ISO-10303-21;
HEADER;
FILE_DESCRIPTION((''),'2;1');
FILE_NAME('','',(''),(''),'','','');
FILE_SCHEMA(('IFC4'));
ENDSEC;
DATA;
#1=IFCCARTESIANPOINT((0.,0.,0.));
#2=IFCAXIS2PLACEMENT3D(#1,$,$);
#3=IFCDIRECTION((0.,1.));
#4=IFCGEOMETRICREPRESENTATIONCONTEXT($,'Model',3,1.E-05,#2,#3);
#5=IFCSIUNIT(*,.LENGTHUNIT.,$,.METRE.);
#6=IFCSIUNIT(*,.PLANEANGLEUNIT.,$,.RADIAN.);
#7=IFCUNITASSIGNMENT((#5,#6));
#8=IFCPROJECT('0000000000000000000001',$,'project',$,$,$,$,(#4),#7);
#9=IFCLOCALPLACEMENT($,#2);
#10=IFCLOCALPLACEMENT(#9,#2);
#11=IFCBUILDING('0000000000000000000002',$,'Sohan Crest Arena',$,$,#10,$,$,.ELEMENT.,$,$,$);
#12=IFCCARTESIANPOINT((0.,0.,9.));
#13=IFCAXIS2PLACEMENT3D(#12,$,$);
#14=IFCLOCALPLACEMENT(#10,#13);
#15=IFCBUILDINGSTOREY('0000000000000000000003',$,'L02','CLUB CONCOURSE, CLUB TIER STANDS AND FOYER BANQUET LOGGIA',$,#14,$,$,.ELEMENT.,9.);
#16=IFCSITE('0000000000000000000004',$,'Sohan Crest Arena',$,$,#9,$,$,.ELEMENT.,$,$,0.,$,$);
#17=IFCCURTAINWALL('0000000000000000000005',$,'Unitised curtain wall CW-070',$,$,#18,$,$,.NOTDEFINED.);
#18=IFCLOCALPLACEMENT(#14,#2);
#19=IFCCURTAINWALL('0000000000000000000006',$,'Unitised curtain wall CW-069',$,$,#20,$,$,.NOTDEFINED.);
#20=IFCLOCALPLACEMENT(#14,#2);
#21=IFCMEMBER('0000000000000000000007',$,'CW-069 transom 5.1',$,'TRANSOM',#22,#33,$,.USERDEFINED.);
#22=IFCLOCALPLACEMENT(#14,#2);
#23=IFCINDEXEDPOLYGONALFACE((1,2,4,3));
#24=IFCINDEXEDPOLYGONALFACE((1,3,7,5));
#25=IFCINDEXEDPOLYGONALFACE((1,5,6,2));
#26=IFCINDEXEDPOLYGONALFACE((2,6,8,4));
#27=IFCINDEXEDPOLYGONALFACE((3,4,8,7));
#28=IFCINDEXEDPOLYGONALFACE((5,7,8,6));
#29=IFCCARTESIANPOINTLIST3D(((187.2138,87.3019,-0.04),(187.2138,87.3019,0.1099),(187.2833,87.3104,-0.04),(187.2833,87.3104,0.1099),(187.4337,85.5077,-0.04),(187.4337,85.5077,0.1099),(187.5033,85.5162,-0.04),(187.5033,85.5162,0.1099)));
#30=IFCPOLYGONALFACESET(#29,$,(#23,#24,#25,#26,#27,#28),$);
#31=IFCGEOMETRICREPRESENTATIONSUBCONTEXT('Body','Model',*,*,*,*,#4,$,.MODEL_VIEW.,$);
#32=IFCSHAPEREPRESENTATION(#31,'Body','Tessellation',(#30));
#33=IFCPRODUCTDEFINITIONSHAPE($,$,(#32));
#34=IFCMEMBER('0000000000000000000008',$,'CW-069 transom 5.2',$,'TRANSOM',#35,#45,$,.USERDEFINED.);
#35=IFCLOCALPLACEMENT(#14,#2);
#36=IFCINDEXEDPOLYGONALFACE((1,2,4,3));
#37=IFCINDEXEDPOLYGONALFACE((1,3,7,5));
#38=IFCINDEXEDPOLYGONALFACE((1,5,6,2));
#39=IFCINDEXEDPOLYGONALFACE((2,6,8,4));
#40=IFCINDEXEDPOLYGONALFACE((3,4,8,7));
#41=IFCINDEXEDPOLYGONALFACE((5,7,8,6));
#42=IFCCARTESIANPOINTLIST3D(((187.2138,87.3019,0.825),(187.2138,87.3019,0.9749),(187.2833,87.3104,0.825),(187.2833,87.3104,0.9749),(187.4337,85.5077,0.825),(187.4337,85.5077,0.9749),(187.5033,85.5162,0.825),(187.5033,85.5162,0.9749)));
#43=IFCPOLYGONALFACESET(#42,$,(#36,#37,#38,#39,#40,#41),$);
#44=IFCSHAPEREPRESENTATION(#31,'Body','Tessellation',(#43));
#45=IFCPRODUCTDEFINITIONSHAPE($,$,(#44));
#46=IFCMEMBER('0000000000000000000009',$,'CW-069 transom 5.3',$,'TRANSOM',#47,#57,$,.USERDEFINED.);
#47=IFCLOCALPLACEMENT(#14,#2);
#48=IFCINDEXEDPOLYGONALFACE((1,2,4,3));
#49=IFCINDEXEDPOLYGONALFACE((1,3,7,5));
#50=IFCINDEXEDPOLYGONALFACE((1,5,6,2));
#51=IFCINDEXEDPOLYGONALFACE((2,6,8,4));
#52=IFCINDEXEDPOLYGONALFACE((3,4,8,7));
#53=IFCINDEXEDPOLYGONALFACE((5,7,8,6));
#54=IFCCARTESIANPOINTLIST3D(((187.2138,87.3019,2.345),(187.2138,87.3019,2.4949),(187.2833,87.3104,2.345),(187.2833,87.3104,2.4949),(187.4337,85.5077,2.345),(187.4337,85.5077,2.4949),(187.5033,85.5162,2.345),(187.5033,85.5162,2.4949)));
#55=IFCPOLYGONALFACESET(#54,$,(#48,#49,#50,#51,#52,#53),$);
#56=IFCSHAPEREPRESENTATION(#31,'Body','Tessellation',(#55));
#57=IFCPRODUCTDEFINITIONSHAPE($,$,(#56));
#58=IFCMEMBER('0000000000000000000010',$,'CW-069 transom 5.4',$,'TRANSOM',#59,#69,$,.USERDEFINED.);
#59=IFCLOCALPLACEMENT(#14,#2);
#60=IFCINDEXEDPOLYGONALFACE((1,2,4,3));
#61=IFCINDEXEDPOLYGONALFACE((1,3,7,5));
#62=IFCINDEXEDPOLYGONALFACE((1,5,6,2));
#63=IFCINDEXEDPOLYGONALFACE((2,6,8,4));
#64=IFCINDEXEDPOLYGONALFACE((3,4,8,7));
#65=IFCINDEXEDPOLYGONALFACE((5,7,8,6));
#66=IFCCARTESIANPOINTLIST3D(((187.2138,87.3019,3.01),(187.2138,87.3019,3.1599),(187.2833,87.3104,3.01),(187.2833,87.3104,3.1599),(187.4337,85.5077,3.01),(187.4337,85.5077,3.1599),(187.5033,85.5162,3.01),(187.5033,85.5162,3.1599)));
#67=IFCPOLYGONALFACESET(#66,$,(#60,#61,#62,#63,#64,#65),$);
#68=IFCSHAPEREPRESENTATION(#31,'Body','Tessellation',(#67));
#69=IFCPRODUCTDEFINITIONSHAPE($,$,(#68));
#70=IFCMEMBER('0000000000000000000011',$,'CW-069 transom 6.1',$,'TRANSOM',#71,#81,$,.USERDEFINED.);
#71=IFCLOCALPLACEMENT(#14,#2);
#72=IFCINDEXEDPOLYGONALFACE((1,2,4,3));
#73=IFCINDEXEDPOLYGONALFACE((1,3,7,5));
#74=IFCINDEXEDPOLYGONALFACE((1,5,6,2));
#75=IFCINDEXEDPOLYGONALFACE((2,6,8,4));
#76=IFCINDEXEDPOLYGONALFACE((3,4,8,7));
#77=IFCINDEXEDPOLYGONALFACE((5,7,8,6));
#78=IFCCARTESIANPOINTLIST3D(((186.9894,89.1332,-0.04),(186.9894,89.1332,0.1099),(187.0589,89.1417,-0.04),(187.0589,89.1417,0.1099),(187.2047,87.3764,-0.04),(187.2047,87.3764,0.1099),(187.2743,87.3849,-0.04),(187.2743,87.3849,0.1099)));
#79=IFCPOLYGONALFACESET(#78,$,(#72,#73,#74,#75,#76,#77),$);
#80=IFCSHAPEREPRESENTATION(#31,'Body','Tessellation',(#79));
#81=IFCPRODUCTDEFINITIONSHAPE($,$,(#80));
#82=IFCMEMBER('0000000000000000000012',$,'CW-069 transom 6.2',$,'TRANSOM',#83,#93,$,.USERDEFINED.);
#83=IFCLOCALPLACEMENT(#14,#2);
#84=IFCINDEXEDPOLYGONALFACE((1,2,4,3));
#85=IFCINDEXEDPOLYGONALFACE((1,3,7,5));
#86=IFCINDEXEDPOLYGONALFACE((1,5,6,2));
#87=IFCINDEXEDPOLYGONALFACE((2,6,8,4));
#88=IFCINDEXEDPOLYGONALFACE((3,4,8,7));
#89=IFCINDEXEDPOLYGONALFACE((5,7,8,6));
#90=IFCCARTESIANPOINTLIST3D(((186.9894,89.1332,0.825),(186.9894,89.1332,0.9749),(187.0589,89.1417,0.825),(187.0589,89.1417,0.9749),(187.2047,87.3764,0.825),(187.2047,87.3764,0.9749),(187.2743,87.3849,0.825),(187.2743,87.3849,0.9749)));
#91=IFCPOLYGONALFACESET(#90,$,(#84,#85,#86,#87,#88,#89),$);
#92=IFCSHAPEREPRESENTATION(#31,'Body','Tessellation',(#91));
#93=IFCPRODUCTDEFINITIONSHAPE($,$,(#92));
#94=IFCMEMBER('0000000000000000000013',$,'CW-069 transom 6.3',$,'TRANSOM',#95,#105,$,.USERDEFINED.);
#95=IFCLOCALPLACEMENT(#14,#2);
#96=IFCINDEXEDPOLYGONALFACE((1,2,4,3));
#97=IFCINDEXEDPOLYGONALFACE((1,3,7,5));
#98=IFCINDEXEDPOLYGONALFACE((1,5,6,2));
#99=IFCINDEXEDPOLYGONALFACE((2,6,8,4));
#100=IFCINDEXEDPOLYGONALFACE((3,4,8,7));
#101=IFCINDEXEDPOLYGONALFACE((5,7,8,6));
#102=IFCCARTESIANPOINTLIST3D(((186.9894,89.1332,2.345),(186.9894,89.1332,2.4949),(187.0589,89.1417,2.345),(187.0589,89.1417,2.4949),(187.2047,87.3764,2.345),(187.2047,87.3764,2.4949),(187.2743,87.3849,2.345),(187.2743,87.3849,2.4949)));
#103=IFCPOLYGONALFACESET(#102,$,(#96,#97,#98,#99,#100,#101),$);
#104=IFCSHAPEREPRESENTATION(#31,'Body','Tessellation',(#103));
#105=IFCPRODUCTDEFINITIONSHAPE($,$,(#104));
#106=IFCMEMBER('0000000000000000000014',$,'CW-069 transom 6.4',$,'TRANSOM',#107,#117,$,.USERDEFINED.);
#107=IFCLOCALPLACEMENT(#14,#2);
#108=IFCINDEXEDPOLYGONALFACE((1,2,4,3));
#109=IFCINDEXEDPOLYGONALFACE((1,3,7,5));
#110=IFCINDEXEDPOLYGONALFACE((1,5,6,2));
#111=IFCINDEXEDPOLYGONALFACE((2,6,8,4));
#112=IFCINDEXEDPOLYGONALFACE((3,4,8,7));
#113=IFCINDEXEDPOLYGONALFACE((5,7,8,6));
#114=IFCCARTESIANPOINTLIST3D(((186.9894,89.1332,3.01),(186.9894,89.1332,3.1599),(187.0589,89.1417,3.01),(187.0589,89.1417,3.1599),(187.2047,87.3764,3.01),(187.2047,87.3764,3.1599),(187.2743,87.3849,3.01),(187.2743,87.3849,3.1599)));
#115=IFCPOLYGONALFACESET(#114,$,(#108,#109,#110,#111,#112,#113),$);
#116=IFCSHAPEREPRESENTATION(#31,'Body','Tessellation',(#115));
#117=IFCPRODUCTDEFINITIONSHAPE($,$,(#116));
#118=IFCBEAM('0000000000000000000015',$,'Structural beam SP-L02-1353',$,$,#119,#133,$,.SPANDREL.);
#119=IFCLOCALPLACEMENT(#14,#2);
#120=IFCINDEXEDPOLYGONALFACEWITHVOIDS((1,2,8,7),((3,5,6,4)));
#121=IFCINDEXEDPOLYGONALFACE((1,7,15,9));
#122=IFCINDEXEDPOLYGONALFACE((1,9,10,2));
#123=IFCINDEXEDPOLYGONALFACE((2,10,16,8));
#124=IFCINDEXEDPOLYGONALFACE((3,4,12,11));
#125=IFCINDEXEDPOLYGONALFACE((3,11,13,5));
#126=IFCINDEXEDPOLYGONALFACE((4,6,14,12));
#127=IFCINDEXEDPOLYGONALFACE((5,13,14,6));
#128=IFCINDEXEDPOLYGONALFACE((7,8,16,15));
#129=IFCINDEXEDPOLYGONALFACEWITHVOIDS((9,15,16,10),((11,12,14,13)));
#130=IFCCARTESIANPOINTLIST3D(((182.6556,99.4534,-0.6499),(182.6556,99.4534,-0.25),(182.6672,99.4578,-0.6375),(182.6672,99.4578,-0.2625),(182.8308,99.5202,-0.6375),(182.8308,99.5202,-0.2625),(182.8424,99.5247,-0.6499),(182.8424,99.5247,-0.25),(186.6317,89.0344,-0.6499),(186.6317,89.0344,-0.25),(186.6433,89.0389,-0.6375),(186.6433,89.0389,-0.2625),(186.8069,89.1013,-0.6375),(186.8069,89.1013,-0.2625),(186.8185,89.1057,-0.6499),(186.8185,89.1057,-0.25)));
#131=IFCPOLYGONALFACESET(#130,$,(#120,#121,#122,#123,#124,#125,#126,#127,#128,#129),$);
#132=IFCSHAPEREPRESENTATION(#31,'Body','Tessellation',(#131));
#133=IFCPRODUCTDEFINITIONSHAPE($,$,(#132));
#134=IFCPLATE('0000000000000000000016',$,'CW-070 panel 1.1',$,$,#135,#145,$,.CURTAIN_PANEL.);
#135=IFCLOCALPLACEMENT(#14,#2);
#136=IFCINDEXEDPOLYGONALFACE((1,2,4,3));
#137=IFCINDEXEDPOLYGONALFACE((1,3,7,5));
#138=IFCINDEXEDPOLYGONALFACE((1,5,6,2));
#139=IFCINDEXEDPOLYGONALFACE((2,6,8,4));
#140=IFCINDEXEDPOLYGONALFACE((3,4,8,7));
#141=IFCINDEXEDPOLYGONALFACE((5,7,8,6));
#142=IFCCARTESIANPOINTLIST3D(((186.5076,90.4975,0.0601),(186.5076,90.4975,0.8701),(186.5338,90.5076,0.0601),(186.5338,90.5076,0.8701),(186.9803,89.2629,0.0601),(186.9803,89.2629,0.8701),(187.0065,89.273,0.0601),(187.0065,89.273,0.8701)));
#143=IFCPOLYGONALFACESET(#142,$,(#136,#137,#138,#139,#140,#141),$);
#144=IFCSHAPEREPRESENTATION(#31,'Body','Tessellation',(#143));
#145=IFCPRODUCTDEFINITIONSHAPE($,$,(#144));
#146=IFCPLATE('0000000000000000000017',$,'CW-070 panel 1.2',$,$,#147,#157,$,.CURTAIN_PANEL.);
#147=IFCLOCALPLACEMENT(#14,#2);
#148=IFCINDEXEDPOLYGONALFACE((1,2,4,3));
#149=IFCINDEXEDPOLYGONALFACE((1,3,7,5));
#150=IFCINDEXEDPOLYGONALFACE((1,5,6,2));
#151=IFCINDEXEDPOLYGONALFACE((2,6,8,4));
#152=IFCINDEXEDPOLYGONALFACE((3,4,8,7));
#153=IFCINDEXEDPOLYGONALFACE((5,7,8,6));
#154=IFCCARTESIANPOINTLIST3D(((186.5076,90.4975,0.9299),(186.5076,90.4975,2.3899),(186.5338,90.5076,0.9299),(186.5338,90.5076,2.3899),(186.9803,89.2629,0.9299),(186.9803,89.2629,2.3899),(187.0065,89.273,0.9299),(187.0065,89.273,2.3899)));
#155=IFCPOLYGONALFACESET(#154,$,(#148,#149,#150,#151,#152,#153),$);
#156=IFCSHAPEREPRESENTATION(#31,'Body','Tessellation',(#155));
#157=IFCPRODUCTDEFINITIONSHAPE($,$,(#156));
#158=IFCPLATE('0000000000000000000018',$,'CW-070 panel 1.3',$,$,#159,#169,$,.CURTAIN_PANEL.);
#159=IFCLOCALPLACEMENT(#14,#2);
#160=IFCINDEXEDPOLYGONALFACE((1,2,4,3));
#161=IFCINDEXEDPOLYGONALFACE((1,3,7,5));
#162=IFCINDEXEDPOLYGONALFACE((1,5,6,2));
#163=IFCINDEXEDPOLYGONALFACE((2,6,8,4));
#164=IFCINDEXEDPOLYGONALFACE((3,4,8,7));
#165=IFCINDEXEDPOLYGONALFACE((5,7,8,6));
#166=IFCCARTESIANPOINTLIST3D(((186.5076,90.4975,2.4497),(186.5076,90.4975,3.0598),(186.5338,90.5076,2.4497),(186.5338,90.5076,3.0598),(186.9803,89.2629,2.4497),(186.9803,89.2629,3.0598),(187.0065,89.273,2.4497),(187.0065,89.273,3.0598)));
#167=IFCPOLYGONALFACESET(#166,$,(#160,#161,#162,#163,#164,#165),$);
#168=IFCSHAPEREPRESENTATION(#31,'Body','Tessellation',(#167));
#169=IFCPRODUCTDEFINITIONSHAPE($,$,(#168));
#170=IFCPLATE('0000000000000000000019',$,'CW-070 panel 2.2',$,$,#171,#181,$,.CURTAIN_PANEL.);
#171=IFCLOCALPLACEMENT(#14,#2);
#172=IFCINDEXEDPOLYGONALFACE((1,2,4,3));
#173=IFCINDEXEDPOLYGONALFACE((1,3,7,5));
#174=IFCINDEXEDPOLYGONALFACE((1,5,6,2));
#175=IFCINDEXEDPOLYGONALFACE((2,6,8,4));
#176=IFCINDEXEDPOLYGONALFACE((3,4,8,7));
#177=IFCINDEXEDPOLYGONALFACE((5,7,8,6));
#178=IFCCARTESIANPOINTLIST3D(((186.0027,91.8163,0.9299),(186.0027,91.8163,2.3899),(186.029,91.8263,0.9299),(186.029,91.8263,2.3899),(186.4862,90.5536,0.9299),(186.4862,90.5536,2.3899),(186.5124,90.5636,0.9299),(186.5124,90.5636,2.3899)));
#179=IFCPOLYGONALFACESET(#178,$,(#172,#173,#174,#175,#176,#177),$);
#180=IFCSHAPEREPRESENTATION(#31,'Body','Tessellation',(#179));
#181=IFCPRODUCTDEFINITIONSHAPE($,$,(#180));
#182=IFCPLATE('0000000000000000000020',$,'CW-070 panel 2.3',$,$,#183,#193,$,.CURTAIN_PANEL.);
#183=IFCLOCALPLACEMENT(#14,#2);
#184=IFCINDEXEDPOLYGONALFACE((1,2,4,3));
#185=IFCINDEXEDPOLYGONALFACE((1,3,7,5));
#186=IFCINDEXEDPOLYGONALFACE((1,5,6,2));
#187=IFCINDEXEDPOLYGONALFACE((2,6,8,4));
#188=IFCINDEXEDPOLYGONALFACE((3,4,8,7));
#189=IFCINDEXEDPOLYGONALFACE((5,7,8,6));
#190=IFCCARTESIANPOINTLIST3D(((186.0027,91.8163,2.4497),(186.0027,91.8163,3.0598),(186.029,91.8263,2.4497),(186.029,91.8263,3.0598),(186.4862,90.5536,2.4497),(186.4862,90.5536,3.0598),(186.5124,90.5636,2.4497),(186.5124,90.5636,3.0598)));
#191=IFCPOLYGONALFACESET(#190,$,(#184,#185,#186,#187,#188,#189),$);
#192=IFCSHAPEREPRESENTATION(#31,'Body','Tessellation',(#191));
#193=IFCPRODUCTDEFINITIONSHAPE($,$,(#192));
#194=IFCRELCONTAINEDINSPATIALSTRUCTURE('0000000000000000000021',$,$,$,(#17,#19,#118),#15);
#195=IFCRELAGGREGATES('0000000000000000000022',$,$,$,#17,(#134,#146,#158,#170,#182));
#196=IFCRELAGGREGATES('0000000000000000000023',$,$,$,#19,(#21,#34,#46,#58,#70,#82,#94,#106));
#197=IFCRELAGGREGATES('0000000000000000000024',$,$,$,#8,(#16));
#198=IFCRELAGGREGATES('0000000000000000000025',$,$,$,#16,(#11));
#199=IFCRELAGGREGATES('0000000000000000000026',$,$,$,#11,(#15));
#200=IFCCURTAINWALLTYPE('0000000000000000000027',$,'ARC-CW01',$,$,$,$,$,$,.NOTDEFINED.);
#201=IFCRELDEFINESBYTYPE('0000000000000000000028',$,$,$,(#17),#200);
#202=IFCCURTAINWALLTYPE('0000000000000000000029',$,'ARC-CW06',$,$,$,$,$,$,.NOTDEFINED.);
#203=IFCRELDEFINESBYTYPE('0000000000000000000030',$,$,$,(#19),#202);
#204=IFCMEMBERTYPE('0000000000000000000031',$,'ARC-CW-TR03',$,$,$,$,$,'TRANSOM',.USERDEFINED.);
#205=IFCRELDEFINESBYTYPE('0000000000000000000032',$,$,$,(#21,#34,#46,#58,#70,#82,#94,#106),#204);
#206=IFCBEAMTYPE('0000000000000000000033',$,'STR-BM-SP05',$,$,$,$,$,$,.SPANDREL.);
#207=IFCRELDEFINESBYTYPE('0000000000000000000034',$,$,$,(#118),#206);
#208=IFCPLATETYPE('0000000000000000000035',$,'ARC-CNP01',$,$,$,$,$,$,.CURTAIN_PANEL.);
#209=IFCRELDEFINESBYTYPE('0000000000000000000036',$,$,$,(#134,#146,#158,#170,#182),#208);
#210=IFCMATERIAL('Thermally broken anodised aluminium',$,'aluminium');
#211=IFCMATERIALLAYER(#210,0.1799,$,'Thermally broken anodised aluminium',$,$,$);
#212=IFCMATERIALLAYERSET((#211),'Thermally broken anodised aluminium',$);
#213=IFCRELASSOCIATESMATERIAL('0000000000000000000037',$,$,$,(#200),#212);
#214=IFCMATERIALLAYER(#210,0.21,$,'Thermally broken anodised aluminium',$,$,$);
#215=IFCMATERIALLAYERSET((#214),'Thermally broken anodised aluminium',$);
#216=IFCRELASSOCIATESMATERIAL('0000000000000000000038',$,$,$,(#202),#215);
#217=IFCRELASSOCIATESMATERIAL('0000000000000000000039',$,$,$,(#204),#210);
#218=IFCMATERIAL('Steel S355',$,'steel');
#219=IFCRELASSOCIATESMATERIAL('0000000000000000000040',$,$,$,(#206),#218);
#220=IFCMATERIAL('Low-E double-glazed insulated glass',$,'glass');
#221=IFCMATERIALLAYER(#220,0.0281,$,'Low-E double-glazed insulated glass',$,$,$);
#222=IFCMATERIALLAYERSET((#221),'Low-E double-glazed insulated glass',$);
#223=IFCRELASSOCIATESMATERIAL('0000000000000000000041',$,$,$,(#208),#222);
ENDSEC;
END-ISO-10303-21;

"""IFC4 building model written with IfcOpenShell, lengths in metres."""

from ifc_helpers import new_model, si_unit, direction, frame, origin, origin_2d, place, context, subcontext, project, spatial, rectangle, hollow_rectangle, extrude, material, layer, layer_set, material_profile, profile_set, type_object, element, aggregate, save


model = new_model("IFC4")

# Units and contexts
model_context = context("Model", 3, precision=1e-05, world=origin(), true_north=direction((0.0, 1.0)))
body_context = subcontext(model_context, "Body", "Model", "MODEL_VIEW")
ifc_project = project(units=[si_unit("LENGTHUNIT", "METRE"), si_unit("PLANEANGLEUNIT", "RADIAN")], contexts=[model_context])

# Site, building, storey
site_placement = place(None, origin())
site = spatial("IfcSite", under=ifc_project, at=site_placement, Name="Sohan Crest Arena", CompositionType="ELEMENT", RefElevation=0.0)
building_placement = place(site_placement, origin())
building = spatial("IfcBuilding", under=site, at=building_placement, Name="Sohan Crest Arena", CompositionType="ELEMENT")
storey_placement = place(building_placement, frame((0.0, 0.0, 9.0)))
storey = spatial("IfcBuildingStorey", under=building, at=storey_placement, Name="L02", Description="CLUB CONCOURSE, CLUB TIER STANDS AND FOYER BANQUET LOGGIA", CompositionType="ELEMENT", Elevation=9.0)

# Shared definitions
ifc_material_1 = material(Name="Steel S355", Category="steel")

# Curtain walls
ifc_material_2 = material(Name="Thermally broken anodised aluminium", Category="aluminium")
ifc_layer_1 = layer(ifc_material_2, 0.1799, Name="Thermally broken anodised aluminium")
ifc_layer_set_1 = layer_set([ifc_layer_1], Name="Thermally broken anodised aluminium")
curtain_wall_type_1 = type_object("IfcCurtainWallType", Name="ARC-CW01", PredefinedType="NOTDEFINED", material=ifc_layer_set_1)
curtain_wall_1_placement = place(storey_placement, origin())
curtain_wall_1 = element("IfcCurtainWall", 1, at=curtain_wall_1_placement, inside=storey, type_object=curtain_wall_type_1, Name="Unitised curtain wall CW-070", PredefinedType="NOTDEFINED")
ifc_layer_2 = layer(ifc_material_2, 0.21, Name="Thermally broken anodised aluminium")
ifc_layer_set_2 = layer_set([ifc_layer_2], Name="Thermally broken anodised aluminium")
curtain_wall_type_2 = type_object("IfcCurtainWallType", Name="ARC-CW06", PredefinedType="NOTDEFINED", material=ifc_layer_set_2)
curtain_wall_2_placement = place(storey_placement, origin())
curtain_wall_2 = element("IfcCurtainWall", 2, at=curtain_wall_2_placement, inside=storey, type_object=curtain_wall_type_2, Name="Unitised curtain wall CW-069", PredefinedType="NOTDEFINED")

# Members
ifc_material_profile_1 = material_profile(ifc_material_2, rectangle(XDim=0.0701, YDim=0.1499, at=origin_2d()), Name="ALU-TRAN 70x150")
ifc_profile_set_1 = profile_set([ifc_material_profile_1], Name="Thermally broken anodised aluminium")
member_type_1 = type_object("IfcMemberType", Name="ARC-CW-TR03", ElementType="TRANSOM", PredefinedType="USERDEFINED", material=ifc_profile_set_1)
member_1_placement = place(storey_placement, frame((187.4685, 85.512, 0.0349), z_axis=(-0.121691, 0.992568, 0.0), x_axis=(-0.992568, -0.121691, 0.0)))
member_1 = element("IfcMember", 3, at=member_1_placement, type_object=member_type_1, Name="CW-069 transom 5.1", ObjectType="TRANSOM", PredefinedType="USERDEFINED", context=body_context, shape_type="SweptSolid", body=[
    extrude(rectangle(XDim=0.0701, YDim=0.1499, at=origin_2d()), origin(), (0.0, 0.0, 1.0), 1.8076),
])
member_2_placement = place(storey_placement, frame((187.4685, 85.512, 0.8999), z_axis=(-0.121691, 0.992568, 0.0), x_axis=(-0.992568, -0.121691, 0.0)))
member_2 = element("IfcMember", 4, at=member_2_placement, type_object=member_type_1, Name="CW-069 transom 5.2", ObjectType="TRANSOM", PredefinedType="USERDEFINED", context=body_context, shape_type="SweptSolid", body=[
    extrude(rectangle(XDim=0.0701, YDim=0.1499, at=origin_2d()), origin(), (0.0, 0.0, 1.0), 1.8076),
])
member_3_placement = place(storey_placement, frame((187.4685, 85.512, 2.4199), z_axis=(-0.121691, 0.992568, 0.0), x_axis=(-0.992568, -0.121691, 0.0)))
member_3 = element("IfcMember", 5, at=member_3_placement, type_object=member_type_1, Name="CW-069 transom 5.3", ObjectType="TRANSOM", PredefinedType="USERDEFINED", context=body_context, shape_type="SweptSolid", body=[
    extrude(rectangle(XDim=0.0701, YDim=0.1499, at=origin_2d()), origin(), (0.0, 0.0, 1.0), 1.8076),
])
member_4_placement = place(storey_placement, frame((187.4685, 85.512, 3.085), z_axis=(-0.121691, 0.992568, 0.0), x_axis=(-0.992568, -0.121691, 0.0)))
member_4 = element("IfcMember", 6, at=member_4_placement, type_object=member_type_1, Name="CW-069 transom 5.4", ObjectType="TRANSOM", PredefinedType="USERDEFINED", context=body_context, shape_type="SweptSolid", body=[
    extrude(rectangle(XDim=0.0701, YDim=0.1499, at=origin_2d()), origin(), (0.0, 0.0, 1.0), 1.8076),
])
member_5_placement = place(storey_placement, frame((187.2395, 87.3806, 0.0349), z_axis=(-0.121658, 0.992572, 0.0), x_axis=(-0.992572, -0.121658, 0.0)))
member_5 = element("IfcMember", 7, at=member_5_placement, type_object=member_type_1, Name="CW-069 transom 6.1", ObjectType="TRANSOM", PredefinedType="USERDEFINED", context=body_context, shape_type="SweptSolid", body=[
    extrude(rectangle(XDim=0.0701, YDim=0.1499, at=origin_2d()), origin(), (0.0, 0.0, 1.0), 1.77),
])
member_6_placement = place(storey_placement, frame((187.2395, 87.3806, 0.8999), z_axis=(-0.121658, 0.992572, 0.0), x_axis=(-0.992572, -0.121658, 0.0)))
member_6 = element("IfcMember", 8, at=member_6_placement, type_object=member_type_1, Name="CW-069 transom 6.2", ObjectType="TRANSOM", PredefinedType="USERDEFINED", context=body_context, shape_type="SweptSolid", body=[
    extrude(rectangle(XDim=0.0701, YDim=0.1499, at=origin_2d()), origin(), (0.0, 0.0, 1.0), 1.77),
])
member_7_placement = place(storey_placement, frame((187.2395, 87.3806, 2.4199), z_axis=(-0.121658, 0.992572, 0.0), x_axis=(-0.992572, -0.121658, 0.0)))
member_7 = element("IfcMember", 9, at=member_7_placement, type_object=member_type_1, Name="CW-069 transom 6.3", ObjectType="TRANSOM", PredefinedType="USERDEFINED", context=body_context, shape_type="SweptSolid", body=[
    extrude(rectangle(XDim=0.0701, YDim=0.1499, at=origin_2d()), origin(), (0.0, 0.0, 1.0), 1.77),
])
member_8_placement = place(storey_placement, frame((187.2395, 87.3806, 3.085), z_axis=(-0.121658, 0.992572, 0.0), x_axis=(-0.992572, -0.121658, 0.0)))
member_8 = element("IfcMember", 10, at=member_8_placement, type_object=member_type_1, Name="CW-069 transom 6.4", ObjectType="TRANSOM", PredefinedType="USERDEFINED", context=body_context, shape_type="SweptSolid", body=[
    extrude(rectangle(XDim=0.0701, YDim=0.1499, at=origin_2d()), origin(), (0.0, 0.0, 1.0), 1.77),
])

# Beam
ifc_material_profile_2 = material_profile(ifc_material_1, hollow_rectangle(XDim=0.2, YDim=0.3999, WallThickness=0.0125, at=origin_2d()), Name="RHS 400x200x12.5")
ifc_profile_set_2 = profile_set([ifc_material_profile_2], Name="Steel S355")
beam_type = type_object("IfcBeamType", Name="STR-BM-SP05", PredefinedType="SPANDREL", material=ifc_profile_set_2)
beam_placement = place(storey_placement, frame((186.7251, 89.0701, -0.45), z_axis=(-0.35654, 0.93428, 0.0), x_axis=(-0.93428, -0.35654, 0.0)))
element("IfcBeam", 11, at=beam_placement, inside=storey, type_object=beam_type, Name="Structural beam SP-L02-1353", PredefinedType="SPANDREL", context=body_context, shape_type="SweptSolid", body=[
    extrude(hollow_rectangle(XDim=0.2, YDim=0.3999, WallThickness=0.0125, at=origin_2d()), origin(), (0.0, 0.0, 1.0), 11.1519),
])

# Plates
ifc_material_3 = material(Name="Low-E double-glazed insulated glass", Category="glass")
ifc_layer_3 = layer(ifc_material_3, 0.0281, Name="Low-E double-glazed insulated glass")
ifc_layer_set_3 = layer_set([ifc_layer_3], Name="Low-E double-glazed insulated glass")
plate_type_1 = type_object("IfcPlateType", Name="ARC-CNP01", PredefinedType="CURTAIN_PANEL", material=ifc_layer_set_3)
plate_1_placement = place(storey_placement, frame((186.7571, 89.8853, 0.0601), z_axis=(0.0, 0.0, 1.0), x_axis=(-0.357567, 0.933888, 0.0)))
plate_1 = element("IfcPlate", 12, at=plate_1_placement, type_object=plate_type_1, Name="CW-070 panel 1.1", PredefinedType="CURTAIN_PANEL", context=body_context, shape_type="SweptSolid", body=[
    extrude(rectangle(XDim=1.322, YDim=0.0281, at=origin_2d()), origin(), (0.0, 0.0, 1.0), 0.8101),
])
plate_2_placement = place(storey_placement, frame((186.7571, 89.8853, 0.9299), z_axis=(0.0, 0.0, 1.0), x_axis=(-0.357567, 0.933888, 0.0)))
plate_2 = element("IfcPlate", 13, at=plate_2_placement, type_object=plate_type_1, Name="CW-070 panel 1.2", PredefinedType="CURTAIN_PANEL", context=body_context, shape_type="SweptSolid", body=[
    extrude(rectangle(XDim=1.322, YDim=0.0281, at=origin_2d()), origin(), (0.0, 0.0, 1.0), 1.46),
])
plate_3_placement = place(storey_placement, frame((186.7571, 89.8853, 2.4497), z_axis=(0.0, 0.0, 1.0), x_axis=(-0.357567, 0.933888, 0.0)))
plate_3 = element("IfcPlate", 14, at=plate_3_placement, type_object=plate_type_1, Name="CW-070 panel 1.3", PredefinedType="CURTAIN_PANEL", context=body_context, shape_type="SweptSolid", body=[
    extrude(rectangle(XDim=1.322, YDim=0.0281, at=origin_2d()), origin(), (0.0, 0.0, 1.0), 0.6101),
])
plate_4_placement = place(storey_placement, frame((186.2576, 91.1899, 0.9299), z_axis=(0.0, 0.0, 1.0), x_axis=(-0.357567, 0.933888, 0.0)))
plate_4 = element("IfcPlate", 15, at=plate_4_placement, type_object=plate_type_1, Name="CW-070 panel 2.2", PredefinedType="CURTAIN_PANEL", context=body_context, shape_type="SweptSolid", body=[
    extrude(rectangle(XDim=1.3521, YDim=0.0281, at=origin_2d()), origin(), (0.0, 0.0, 1.0), 1.46),
])
plate_5_placement = place(storey_placement, frame((186.2576, 91.1899, 2.4497), z_axis=(0.0, 0.0, 1.0), x_axis=(-0.357567, 0.933888, 0.0)))
plate_5 = element("IfcPlate", 16, at=plate_5_placement, type_object=plate_type_1, Name="CW-070 panel 2.3", PredefinedType="CURTAIN_PANEL", context=body_context, shape_type="SweptSolid", body=[
    extrude(rectangle(XDim=1.3521, YDim=0.0281, at=origin_2d()), origin(), (0.0, 0.0, 1.0), 0.6101),
])
aggregate(curtain_wall_1, [plate_1, plate_2, plate_3, plate_4, plate_5])
aggregate(curtain_wall_2, [member_1, member_2, member_3, member_4, member_5, member_6, member_7, member_8])

save(model, "model.ifc")
